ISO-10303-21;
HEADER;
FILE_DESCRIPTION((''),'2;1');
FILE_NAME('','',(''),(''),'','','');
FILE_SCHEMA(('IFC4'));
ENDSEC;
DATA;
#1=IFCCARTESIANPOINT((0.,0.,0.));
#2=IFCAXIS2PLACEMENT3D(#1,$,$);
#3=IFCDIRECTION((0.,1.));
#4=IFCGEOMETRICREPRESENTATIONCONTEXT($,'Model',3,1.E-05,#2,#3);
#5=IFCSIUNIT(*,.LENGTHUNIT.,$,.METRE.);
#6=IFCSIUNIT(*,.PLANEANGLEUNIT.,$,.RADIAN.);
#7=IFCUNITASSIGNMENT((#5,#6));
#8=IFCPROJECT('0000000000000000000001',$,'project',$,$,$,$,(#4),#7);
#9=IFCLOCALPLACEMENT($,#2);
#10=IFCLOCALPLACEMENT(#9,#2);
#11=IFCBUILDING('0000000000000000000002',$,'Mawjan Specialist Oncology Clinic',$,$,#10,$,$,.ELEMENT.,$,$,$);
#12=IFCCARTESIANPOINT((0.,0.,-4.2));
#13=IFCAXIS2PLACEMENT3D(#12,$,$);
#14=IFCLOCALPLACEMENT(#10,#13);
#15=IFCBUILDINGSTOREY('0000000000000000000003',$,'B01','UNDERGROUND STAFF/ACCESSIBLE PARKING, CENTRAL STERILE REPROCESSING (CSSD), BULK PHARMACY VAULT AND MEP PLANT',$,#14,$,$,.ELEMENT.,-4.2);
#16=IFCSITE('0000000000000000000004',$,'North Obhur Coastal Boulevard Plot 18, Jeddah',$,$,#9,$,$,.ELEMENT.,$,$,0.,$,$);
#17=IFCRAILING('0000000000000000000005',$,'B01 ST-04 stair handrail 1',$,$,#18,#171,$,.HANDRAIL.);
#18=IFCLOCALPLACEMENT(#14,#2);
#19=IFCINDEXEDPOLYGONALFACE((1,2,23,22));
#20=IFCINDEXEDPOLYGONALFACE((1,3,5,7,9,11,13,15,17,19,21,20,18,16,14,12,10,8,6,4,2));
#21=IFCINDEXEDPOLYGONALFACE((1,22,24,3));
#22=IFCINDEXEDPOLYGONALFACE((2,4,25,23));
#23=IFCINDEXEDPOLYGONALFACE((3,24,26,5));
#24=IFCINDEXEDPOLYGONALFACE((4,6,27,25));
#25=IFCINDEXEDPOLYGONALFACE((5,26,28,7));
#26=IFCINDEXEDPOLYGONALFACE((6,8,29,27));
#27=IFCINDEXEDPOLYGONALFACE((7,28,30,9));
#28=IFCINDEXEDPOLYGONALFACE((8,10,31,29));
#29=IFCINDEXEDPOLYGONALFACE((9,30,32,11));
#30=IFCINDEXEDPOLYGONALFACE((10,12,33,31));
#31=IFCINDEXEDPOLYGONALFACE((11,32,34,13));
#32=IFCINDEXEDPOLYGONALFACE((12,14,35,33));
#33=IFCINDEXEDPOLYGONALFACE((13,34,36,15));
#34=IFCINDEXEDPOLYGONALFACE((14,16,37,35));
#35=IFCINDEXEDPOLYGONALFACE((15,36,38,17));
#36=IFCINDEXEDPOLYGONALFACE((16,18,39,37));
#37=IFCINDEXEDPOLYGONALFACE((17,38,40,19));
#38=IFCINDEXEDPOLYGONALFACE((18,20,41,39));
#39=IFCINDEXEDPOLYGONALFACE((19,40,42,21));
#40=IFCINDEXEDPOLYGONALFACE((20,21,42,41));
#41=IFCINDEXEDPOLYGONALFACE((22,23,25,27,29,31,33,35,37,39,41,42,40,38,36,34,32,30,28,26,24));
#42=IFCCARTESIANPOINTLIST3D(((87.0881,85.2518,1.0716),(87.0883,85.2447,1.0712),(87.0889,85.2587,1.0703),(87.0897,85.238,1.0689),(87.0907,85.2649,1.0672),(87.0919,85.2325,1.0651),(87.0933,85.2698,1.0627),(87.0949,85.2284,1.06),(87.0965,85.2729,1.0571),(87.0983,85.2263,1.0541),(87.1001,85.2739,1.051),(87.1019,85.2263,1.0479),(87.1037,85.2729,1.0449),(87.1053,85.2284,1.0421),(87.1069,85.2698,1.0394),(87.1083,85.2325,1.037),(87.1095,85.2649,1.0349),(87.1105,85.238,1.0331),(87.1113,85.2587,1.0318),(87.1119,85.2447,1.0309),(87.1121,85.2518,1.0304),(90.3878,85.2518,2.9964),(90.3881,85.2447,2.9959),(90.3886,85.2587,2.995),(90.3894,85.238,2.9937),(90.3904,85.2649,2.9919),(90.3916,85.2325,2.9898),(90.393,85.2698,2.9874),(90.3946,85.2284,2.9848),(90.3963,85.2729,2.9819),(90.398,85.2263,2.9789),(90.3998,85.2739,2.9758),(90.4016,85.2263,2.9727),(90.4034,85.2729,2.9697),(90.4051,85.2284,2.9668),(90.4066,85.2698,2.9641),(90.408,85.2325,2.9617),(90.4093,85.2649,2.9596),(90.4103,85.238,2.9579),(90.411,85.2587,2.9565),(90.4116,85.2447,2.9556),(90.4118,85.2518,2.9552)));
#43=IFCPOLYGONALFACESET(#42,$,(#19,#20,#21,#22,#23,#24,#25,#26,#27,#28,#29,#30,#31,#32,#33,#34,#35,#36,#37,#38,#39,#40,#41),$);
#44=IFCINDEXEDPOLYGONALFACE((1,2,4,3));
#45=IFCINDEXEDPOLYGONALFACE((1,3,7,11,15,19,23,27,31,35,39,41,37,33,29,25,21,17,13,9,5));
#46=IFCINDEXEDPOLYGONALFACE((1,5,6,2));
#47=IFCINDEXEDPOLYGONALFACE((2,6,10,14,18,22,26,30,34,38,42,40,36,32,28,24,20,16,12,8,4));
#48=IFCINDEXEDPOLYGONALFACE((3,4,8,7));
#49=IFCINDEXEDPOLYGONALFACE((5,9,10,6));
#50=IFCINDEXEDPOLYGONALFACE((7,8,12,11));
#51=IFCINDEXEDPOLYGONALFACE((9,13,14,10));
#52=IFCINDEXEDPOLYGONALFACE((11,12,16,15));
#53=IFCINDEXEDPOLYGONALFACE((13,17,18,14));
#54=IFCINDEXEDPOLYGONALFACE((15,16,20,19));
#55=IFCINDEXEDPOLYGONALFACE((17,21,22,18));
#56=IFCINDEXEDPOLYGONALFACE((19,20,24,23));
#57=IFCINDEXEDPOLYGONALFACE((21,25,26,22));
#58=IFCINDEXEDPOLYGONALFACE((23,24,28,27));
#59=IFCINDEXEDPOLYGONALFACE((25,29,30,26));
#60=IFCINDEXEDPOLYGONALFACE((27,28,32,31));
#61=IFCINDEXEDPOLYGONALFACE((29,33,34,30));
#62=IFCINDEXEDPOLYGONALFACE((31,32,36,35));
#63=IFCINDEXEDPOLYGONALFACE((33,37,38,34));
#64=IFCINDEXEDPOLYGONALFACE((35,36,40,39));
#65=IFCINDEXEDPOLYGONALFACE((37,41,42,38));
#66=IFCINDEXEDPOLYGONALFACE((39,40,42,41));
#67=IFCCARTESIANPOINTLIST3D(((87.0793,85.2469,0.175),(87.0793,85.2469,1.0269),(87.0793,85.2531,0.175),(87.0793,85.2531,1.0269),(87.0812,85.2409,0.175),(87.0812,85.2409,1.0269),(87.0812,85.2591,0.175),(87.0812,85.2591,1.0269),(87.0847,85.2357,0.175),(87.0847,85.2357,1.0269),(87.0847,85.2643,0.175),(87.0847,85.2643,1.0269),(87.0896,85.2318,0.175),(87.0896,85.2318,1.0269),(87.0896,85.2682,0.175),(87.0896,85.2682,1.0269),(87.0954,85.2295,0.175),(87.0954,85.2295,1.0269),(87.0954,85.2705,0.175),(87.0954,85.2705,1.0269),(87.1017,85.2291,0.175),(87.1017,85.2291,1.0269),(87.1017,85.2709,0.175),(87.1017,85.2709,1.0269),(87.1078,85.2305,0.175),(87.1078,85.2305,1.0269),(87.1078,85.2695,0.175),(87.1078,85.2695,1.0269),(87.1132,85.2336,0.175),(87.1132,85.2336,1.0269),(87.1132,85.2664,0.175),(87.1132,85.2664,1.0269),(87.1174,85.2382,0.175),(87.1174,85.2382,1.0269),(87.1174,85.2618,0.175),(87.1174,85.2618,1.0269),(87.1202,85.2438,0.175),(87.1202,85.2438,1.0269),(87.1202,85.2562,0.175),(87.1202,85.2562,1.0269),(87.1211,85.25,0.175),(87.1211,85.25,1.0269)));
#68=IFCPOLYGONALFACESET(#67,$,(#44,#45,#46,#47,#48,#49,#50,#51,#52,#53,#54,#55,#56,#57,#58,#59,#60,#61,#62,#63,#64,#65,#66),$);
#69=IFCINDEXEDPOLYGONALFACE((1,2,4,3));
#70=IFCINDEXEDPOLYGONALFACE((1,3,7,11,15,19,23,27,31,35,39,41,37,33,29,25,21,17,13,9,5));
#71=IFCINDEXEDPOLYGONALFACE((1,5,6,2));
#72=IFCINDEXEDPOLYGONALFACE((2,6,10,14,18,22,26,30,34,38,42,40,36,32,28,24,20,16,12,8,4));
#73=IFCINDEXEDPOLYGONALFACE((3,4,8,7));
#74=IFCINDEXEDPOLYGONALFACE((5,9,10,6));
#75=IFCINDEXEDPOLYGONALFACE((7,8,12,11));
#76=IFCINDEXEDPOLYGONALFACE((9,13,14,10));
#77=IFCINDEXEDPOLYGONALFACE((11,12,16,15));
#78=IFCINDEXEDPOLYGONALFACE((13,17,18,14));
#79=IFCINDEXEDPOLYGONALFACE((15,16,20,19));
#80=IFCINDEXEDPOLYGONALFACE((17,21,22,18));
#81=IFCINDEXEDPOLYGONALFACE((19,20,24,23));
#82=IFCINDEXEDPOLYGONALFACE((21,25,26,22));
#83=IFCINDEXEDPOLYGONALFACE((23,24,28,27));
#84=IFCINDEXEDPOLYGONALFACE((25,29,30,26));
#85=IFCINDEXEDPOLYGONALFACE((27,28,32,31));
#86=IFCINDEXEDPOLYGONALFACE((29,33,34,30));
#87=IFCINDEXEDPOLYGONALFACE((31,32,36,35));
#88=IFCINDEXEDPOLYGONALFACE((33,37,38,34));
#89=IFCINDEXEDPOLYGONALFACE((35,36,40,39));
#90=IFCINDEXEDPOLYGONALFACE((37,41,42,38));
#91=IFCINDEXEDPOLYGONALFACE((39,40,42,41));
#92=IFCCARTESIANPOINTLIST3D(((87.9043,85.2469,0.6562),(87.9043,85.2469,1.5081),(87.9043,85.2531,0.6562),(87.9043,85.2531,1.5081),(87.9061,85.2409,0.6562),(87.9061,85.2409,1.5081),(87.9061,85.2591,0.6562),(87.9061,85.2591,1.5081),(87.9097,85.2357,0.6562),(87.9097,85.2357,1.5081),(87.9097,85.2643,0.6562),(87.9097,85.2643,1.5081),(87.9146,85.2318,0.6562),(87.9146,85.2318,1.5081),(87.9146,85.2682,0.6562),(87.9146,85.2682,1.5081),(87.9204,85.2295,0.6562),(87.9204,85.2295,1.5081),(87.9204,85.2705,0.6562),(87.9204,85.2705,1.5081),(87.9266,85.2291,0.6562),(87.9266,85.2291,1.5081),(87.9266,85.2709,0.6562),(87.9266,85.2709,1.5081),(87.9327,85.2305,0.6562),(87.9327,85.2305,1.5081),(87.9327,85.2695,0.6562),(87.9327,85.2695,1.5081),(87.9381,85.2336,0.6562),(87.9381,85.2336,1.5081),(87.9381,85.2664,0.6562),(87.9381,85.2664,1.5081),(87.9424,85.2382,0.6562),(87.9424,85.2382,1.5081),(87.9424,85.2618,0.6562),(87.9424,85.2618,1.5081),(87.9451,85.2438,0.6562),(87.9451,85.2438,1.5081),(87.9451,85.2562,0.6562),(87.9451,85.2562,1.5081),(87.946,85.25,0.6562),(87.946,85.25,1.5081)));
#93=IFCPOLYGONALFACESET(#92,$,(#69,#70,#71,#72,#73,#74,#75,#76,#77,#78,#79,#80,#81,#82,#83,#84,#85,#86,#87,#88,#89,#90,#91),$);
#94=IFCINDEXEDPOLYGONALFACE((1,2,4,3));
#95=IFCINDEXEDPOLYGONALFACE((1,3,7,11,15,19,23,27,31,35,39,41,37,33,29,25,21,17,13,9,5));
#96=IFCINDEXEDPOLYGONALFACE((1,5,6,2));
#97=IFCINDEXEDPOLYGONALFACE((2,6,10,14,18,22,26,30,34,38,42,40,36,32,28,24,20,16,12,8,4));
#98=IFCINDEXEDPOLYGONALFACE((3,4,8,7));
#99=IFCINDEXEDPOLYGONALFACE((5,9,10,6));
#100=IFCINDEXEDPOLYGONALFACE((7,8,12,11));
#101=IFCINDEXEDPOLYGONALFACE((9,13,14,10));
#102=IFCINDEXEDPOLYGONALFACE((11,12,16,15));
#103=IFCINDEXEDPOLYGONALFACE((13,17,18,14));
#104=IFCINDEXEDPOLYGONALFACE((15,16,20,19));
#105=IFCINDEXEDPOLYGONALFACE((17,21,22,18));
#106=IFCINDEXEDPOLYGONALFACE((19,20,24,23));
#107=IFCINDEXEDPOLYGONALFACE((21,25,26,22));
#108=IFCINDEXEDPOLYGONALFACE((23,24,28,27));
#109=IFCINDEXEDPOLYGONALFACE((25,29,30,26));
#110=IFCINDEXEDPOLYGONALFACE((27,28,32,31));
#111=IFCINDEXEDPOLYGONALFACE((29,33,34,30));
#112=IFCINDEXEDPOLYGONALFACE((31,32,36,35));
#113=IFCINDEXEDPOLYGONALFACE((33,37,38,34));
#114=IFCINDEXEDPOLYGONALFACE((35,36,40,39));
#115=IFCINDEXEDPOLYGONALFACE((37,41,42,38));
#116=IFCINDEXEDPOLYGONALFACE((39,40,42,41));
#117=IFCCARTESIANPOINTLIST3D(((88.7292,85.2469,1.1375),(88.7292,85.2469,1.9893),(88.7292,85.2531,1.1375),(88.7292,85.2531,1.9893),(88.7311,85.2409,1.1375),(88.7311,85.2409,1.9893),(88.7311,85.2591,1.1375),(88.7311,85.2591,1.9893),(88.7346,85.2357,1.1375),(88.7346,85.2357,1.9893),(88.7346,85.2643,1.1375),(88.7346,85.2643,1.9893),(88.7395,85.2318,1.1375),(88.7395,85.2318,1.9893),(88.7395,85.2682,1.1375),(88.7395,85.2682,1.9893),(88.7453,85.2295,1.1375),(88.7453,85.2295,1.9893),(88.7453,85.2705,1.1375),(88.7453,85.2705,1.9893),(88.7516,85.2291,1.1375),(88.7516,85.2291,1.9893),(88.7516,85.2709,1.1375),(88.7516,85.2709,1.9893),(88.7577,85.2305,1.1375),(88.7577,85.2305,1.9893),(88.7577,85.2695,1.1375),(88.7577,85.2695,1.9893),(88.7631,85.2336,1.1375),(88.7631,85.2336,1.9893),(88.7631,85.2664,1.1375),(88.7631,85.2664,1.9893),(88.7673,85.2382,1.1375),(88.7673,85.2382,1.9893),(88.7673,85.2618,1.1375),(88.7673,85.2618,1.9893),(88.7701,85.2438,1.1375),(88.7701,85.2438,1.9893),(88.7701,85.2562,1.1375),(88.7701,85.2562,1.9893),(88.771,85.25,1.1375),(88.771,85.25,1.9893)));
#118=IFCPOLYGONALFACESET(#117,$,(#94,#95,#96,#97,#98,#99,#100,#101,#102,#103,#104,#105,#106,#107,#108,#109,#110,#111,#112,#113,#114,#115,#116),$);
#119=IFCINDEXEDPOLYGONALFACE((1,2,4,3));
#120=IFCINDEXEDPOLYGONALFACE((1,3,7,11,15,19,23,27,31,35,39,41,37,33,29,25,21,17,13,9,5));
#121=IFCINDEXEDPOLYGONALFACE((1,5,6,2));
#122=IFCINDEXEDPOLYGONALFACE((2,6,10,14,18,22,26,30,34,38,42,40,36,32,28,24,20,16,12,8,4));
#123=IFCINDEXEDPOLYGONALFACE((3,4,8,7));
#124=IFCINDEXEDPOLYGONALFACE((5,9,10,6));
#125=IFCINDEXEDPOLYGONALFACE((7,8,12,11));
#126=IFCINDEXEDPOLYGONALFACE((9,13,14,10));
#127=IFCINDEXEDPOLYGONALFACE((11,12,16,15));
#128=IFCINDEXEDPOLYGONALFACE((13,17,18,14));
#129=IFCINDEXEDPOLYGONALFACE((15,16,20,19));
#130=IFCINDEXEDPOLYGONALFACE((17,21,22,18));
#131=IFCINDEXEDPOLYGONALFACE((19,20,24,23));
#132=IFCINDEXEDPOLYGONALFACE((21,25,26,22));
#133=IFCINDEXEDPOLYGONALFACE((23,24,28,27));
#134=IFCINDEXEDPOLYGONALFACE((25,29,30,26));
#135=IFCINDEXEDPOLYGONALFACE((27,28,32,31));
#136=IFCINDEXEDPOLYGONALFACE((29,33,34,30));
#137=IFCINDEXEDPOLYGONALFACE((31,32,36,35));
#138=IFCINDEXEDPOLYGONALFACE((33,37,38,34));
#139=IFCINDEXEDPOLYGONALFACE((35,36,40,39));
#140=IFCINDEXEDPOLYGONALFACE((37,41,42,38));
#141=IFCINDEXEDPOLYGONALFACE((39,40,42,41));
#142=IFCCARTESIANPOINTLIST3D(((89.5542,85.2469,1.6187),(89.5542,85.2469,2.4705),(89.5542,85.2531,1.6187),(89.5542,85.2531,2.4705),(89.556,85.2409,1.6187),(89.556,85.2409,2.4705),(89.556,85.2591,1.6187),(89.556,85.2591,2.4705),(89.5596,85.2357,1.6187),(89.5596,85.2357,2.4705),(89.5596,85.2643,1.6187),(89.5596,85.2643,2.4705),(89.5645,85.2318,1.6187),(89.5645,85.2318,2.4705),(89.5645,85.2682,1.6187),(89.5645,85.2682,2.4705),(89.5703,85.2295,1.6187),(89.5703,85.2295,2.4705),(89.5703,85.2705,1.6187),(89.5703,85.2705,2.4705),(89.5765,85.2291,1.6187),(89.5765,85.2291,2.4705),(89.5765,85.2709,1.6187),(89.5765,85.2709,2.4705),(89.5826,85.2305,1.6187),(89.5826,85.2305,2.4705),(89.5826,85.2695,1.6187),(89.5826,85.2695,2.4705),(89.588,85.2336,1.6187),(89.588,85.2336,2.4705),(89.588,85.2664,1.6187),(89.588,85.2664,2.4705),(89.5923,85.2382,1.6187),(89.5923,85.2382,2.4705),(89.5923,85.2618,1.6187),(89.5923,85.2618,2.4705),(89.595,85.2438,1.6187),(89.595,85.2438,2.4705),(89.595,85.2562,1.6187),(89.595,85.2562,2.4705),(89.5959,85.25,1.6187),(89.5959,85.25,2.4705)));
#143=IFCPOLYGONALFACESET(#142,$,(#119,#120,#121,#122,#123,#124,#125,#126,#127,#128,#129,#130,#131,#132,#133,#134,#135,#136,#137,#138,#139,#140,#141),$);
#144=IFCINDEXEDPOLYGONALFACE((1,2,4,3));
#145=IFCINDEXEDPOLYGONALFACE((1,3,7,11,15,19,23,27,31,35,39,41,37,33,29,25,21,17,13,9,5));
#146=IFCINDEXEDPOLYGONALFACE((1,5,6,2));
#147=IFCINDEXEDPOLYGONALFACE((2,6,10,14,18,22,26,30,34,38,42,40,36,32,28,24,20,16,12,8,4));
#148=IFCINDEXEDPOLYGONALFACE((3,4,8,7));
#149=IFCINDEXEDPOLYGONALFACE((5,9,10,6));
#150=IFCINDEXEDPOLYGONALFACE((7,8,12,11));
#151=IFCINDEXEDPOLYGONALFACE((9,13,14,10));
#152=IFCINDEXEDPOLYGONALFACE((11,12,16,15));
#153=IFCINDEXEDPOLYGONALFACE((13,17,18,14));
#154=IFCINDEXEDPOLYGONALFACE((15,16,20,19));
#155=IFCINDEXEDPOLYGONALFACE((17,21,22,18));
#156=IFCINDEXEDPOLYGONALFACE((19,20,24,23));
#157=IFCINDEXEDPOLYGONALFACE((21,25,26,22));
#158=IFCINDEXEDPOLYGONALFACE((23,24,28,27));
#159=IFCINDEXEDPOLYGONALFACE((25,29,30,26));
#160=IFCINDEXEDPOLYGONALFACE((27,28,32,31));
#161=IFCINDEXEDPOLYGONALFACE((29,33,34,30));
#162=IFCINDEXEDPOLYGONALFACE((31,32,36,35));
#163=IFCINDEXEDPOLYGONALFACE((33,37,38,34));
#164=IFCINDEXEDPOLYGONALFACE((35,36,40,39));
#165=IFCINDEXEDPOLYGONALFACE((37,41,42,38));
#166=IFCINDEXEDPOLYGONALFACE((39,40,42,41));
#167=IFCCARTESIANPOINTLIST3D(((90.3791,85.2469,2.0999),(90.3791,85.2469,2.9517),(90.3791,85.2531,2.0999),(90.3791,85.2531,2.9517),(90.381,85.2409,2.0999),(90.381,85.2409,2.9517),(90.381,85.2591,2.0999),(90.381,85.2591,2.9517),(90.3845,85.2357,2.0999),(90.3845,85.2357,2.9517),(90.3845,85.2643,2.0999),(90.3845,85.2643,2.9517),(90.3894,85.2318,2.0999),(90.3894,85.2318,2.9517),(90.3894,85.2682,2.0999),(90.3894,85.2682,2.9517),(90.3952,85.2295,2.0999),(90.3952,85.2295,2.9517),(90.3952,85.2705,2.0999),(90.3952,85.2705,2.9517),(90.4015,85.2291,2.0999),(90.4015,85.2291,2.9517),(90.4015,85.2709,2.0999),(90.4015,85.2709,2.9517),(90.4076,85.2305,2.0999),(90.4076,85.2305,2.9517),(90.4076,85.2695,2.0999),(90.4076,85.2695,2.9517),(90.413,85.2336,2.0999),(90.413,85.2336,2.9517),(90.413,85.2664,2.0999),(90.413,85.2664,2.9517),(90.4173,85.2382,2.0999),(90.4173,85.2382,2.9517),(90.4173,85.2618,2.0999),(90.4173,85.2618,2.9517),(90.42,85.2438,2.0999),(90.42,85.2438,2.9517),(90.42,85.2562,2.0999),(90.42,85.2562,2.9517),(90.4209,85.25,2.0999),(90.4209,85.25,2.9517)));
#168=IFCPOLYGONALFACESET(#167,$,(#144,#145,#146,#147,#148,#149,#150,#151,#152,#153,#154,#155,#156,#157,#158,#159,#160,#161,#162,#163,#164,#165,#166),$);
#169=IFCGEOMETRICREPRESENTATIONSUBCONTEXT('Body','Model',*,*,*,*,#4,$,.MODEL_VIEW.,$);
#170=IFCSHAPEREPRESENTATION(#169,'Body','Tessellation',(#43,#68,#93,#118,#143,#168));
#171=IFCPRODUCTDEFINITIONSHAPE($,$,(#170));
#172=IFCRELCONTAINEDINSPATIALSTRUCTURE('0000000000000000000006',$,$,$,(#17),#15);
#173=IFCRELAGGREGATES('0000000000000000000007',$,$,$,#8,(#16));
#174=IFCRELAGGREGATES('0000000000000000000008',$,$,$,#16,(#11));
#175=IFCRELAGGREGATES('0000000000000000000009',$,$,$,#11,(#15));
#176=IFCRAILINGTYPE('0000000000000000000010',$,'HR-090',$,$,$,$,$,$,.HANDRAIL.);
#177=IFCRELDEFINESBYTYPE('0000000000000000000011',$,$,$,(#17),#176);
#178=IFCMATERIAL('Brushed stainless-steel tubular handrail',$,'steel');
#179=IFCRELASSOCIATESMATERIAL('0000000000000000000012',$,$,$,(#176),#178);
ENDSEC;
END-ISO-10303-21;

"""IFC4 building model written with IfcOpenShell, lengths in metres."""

from ifc_helpers import new_model, si_unit, direction, frame, origin, origin_2d, place, context, subcontext, project, spatial, circle, extrude, material, type_object, element, save


model = new_model("IFC4")

# Units and contexts
model_context = context("Model", 3, precision=1e-05, world=origin(), true_north=direction((0.0, 1.0)))
body_context = subcontext(model_context, "Body", "Model", "MODEL_VIEW")
ifc_project = project(units=[si_unit("LENGTHUNIT", "METRE"), si_unit("PLANEANGLEUNIT", "RADIAN")], contexts=[model_context])

# Site, building, storey
site_placement = place(None, origin())
site = spatial("IfcSite", under=ifc_project, at=site_placement, Name="North Obhur Coastal Boulevard Plot 18, Jeddah", CompositionType="ELEMENT", RefElevation=0.0)
building_placement = place(site_placement, origin())
building = spatial("IfcBuilding", under=site, at=building_placement, Name="Mawjan Specialist Oncology Clinic", CompositionType="ELEMENT")
storey_placement = place(building_placement, frame((0.0, 0.0, -4.2)))
storey = spatial("IfcBuildingStorey", under=building, at=storey_placement, Name="B01", Description="UNDERGROUND STAFF/ACCESSIBLE PARKING, CENTRAL STERILE REPROCESSING (CSSD), BULK PHARMACY VAULT AND MEP PLANT", CompositionType="ELEMENT", Elevation=-4.2)

# Railing
ifc_material_1 = material(Name="Brushed stainless-steel tubular handrail", Category="steel")
railing_type_1 = type_object("IfcRailingType", Name="HR-090", PredefinedType="HANDRAIL", material=ifc_material_1)
railing_1_placement = place(storey_placement, frame((87.1001, 85.25, 0.175)))
element("IfcRailing", 1, at=railing_1_placement, inside=storey, type_object=railing_type_1, Name="B01 ST-04 stair handrail 1", PredefinedType="HANDRAIL", context=body_context, shape_type="SweptSolid", body=[
    extrude(circle(Radius=0.0239, at=origin_2d()), frame((0.0, 0.0, 0.876), z_axis=(0.863788, 0.0, 0.503855), x_axis=(0.0, 1.0, 0.0)), (0.0, 0.0, 1.0), 3.8201),
    extrude(circle(Radius=0.021, at=origin_2d()), origin(), (0.0, 0.0, 1.0), 0.8518),
    extrude(circle(Radius=0.021, at=origin_2d()), frame((0.825, 0.0, 0.4812)), (0.0, 0.0, 1.0), 0.8518),
    extrude(circle(Radius=0.021, at=origin_2d()), frame((1.6499, 0.0, 0.9624)), (0.0, 0.0, 1.0), 0.8518),
    extrude(circle(Radius=0.021, at=origin_2d()), frame((2.4749, 0.0, 1.4436)), (0.0, 0.0, 1.0), 0.8518),
    extrude(circle(Radius=0.021, at=origin_2d()), frame((3.2998, 0.0, 1.9248)), (0.0, 0.0, 1.0), 0.8518),
])

save(model, "model.ifc")
